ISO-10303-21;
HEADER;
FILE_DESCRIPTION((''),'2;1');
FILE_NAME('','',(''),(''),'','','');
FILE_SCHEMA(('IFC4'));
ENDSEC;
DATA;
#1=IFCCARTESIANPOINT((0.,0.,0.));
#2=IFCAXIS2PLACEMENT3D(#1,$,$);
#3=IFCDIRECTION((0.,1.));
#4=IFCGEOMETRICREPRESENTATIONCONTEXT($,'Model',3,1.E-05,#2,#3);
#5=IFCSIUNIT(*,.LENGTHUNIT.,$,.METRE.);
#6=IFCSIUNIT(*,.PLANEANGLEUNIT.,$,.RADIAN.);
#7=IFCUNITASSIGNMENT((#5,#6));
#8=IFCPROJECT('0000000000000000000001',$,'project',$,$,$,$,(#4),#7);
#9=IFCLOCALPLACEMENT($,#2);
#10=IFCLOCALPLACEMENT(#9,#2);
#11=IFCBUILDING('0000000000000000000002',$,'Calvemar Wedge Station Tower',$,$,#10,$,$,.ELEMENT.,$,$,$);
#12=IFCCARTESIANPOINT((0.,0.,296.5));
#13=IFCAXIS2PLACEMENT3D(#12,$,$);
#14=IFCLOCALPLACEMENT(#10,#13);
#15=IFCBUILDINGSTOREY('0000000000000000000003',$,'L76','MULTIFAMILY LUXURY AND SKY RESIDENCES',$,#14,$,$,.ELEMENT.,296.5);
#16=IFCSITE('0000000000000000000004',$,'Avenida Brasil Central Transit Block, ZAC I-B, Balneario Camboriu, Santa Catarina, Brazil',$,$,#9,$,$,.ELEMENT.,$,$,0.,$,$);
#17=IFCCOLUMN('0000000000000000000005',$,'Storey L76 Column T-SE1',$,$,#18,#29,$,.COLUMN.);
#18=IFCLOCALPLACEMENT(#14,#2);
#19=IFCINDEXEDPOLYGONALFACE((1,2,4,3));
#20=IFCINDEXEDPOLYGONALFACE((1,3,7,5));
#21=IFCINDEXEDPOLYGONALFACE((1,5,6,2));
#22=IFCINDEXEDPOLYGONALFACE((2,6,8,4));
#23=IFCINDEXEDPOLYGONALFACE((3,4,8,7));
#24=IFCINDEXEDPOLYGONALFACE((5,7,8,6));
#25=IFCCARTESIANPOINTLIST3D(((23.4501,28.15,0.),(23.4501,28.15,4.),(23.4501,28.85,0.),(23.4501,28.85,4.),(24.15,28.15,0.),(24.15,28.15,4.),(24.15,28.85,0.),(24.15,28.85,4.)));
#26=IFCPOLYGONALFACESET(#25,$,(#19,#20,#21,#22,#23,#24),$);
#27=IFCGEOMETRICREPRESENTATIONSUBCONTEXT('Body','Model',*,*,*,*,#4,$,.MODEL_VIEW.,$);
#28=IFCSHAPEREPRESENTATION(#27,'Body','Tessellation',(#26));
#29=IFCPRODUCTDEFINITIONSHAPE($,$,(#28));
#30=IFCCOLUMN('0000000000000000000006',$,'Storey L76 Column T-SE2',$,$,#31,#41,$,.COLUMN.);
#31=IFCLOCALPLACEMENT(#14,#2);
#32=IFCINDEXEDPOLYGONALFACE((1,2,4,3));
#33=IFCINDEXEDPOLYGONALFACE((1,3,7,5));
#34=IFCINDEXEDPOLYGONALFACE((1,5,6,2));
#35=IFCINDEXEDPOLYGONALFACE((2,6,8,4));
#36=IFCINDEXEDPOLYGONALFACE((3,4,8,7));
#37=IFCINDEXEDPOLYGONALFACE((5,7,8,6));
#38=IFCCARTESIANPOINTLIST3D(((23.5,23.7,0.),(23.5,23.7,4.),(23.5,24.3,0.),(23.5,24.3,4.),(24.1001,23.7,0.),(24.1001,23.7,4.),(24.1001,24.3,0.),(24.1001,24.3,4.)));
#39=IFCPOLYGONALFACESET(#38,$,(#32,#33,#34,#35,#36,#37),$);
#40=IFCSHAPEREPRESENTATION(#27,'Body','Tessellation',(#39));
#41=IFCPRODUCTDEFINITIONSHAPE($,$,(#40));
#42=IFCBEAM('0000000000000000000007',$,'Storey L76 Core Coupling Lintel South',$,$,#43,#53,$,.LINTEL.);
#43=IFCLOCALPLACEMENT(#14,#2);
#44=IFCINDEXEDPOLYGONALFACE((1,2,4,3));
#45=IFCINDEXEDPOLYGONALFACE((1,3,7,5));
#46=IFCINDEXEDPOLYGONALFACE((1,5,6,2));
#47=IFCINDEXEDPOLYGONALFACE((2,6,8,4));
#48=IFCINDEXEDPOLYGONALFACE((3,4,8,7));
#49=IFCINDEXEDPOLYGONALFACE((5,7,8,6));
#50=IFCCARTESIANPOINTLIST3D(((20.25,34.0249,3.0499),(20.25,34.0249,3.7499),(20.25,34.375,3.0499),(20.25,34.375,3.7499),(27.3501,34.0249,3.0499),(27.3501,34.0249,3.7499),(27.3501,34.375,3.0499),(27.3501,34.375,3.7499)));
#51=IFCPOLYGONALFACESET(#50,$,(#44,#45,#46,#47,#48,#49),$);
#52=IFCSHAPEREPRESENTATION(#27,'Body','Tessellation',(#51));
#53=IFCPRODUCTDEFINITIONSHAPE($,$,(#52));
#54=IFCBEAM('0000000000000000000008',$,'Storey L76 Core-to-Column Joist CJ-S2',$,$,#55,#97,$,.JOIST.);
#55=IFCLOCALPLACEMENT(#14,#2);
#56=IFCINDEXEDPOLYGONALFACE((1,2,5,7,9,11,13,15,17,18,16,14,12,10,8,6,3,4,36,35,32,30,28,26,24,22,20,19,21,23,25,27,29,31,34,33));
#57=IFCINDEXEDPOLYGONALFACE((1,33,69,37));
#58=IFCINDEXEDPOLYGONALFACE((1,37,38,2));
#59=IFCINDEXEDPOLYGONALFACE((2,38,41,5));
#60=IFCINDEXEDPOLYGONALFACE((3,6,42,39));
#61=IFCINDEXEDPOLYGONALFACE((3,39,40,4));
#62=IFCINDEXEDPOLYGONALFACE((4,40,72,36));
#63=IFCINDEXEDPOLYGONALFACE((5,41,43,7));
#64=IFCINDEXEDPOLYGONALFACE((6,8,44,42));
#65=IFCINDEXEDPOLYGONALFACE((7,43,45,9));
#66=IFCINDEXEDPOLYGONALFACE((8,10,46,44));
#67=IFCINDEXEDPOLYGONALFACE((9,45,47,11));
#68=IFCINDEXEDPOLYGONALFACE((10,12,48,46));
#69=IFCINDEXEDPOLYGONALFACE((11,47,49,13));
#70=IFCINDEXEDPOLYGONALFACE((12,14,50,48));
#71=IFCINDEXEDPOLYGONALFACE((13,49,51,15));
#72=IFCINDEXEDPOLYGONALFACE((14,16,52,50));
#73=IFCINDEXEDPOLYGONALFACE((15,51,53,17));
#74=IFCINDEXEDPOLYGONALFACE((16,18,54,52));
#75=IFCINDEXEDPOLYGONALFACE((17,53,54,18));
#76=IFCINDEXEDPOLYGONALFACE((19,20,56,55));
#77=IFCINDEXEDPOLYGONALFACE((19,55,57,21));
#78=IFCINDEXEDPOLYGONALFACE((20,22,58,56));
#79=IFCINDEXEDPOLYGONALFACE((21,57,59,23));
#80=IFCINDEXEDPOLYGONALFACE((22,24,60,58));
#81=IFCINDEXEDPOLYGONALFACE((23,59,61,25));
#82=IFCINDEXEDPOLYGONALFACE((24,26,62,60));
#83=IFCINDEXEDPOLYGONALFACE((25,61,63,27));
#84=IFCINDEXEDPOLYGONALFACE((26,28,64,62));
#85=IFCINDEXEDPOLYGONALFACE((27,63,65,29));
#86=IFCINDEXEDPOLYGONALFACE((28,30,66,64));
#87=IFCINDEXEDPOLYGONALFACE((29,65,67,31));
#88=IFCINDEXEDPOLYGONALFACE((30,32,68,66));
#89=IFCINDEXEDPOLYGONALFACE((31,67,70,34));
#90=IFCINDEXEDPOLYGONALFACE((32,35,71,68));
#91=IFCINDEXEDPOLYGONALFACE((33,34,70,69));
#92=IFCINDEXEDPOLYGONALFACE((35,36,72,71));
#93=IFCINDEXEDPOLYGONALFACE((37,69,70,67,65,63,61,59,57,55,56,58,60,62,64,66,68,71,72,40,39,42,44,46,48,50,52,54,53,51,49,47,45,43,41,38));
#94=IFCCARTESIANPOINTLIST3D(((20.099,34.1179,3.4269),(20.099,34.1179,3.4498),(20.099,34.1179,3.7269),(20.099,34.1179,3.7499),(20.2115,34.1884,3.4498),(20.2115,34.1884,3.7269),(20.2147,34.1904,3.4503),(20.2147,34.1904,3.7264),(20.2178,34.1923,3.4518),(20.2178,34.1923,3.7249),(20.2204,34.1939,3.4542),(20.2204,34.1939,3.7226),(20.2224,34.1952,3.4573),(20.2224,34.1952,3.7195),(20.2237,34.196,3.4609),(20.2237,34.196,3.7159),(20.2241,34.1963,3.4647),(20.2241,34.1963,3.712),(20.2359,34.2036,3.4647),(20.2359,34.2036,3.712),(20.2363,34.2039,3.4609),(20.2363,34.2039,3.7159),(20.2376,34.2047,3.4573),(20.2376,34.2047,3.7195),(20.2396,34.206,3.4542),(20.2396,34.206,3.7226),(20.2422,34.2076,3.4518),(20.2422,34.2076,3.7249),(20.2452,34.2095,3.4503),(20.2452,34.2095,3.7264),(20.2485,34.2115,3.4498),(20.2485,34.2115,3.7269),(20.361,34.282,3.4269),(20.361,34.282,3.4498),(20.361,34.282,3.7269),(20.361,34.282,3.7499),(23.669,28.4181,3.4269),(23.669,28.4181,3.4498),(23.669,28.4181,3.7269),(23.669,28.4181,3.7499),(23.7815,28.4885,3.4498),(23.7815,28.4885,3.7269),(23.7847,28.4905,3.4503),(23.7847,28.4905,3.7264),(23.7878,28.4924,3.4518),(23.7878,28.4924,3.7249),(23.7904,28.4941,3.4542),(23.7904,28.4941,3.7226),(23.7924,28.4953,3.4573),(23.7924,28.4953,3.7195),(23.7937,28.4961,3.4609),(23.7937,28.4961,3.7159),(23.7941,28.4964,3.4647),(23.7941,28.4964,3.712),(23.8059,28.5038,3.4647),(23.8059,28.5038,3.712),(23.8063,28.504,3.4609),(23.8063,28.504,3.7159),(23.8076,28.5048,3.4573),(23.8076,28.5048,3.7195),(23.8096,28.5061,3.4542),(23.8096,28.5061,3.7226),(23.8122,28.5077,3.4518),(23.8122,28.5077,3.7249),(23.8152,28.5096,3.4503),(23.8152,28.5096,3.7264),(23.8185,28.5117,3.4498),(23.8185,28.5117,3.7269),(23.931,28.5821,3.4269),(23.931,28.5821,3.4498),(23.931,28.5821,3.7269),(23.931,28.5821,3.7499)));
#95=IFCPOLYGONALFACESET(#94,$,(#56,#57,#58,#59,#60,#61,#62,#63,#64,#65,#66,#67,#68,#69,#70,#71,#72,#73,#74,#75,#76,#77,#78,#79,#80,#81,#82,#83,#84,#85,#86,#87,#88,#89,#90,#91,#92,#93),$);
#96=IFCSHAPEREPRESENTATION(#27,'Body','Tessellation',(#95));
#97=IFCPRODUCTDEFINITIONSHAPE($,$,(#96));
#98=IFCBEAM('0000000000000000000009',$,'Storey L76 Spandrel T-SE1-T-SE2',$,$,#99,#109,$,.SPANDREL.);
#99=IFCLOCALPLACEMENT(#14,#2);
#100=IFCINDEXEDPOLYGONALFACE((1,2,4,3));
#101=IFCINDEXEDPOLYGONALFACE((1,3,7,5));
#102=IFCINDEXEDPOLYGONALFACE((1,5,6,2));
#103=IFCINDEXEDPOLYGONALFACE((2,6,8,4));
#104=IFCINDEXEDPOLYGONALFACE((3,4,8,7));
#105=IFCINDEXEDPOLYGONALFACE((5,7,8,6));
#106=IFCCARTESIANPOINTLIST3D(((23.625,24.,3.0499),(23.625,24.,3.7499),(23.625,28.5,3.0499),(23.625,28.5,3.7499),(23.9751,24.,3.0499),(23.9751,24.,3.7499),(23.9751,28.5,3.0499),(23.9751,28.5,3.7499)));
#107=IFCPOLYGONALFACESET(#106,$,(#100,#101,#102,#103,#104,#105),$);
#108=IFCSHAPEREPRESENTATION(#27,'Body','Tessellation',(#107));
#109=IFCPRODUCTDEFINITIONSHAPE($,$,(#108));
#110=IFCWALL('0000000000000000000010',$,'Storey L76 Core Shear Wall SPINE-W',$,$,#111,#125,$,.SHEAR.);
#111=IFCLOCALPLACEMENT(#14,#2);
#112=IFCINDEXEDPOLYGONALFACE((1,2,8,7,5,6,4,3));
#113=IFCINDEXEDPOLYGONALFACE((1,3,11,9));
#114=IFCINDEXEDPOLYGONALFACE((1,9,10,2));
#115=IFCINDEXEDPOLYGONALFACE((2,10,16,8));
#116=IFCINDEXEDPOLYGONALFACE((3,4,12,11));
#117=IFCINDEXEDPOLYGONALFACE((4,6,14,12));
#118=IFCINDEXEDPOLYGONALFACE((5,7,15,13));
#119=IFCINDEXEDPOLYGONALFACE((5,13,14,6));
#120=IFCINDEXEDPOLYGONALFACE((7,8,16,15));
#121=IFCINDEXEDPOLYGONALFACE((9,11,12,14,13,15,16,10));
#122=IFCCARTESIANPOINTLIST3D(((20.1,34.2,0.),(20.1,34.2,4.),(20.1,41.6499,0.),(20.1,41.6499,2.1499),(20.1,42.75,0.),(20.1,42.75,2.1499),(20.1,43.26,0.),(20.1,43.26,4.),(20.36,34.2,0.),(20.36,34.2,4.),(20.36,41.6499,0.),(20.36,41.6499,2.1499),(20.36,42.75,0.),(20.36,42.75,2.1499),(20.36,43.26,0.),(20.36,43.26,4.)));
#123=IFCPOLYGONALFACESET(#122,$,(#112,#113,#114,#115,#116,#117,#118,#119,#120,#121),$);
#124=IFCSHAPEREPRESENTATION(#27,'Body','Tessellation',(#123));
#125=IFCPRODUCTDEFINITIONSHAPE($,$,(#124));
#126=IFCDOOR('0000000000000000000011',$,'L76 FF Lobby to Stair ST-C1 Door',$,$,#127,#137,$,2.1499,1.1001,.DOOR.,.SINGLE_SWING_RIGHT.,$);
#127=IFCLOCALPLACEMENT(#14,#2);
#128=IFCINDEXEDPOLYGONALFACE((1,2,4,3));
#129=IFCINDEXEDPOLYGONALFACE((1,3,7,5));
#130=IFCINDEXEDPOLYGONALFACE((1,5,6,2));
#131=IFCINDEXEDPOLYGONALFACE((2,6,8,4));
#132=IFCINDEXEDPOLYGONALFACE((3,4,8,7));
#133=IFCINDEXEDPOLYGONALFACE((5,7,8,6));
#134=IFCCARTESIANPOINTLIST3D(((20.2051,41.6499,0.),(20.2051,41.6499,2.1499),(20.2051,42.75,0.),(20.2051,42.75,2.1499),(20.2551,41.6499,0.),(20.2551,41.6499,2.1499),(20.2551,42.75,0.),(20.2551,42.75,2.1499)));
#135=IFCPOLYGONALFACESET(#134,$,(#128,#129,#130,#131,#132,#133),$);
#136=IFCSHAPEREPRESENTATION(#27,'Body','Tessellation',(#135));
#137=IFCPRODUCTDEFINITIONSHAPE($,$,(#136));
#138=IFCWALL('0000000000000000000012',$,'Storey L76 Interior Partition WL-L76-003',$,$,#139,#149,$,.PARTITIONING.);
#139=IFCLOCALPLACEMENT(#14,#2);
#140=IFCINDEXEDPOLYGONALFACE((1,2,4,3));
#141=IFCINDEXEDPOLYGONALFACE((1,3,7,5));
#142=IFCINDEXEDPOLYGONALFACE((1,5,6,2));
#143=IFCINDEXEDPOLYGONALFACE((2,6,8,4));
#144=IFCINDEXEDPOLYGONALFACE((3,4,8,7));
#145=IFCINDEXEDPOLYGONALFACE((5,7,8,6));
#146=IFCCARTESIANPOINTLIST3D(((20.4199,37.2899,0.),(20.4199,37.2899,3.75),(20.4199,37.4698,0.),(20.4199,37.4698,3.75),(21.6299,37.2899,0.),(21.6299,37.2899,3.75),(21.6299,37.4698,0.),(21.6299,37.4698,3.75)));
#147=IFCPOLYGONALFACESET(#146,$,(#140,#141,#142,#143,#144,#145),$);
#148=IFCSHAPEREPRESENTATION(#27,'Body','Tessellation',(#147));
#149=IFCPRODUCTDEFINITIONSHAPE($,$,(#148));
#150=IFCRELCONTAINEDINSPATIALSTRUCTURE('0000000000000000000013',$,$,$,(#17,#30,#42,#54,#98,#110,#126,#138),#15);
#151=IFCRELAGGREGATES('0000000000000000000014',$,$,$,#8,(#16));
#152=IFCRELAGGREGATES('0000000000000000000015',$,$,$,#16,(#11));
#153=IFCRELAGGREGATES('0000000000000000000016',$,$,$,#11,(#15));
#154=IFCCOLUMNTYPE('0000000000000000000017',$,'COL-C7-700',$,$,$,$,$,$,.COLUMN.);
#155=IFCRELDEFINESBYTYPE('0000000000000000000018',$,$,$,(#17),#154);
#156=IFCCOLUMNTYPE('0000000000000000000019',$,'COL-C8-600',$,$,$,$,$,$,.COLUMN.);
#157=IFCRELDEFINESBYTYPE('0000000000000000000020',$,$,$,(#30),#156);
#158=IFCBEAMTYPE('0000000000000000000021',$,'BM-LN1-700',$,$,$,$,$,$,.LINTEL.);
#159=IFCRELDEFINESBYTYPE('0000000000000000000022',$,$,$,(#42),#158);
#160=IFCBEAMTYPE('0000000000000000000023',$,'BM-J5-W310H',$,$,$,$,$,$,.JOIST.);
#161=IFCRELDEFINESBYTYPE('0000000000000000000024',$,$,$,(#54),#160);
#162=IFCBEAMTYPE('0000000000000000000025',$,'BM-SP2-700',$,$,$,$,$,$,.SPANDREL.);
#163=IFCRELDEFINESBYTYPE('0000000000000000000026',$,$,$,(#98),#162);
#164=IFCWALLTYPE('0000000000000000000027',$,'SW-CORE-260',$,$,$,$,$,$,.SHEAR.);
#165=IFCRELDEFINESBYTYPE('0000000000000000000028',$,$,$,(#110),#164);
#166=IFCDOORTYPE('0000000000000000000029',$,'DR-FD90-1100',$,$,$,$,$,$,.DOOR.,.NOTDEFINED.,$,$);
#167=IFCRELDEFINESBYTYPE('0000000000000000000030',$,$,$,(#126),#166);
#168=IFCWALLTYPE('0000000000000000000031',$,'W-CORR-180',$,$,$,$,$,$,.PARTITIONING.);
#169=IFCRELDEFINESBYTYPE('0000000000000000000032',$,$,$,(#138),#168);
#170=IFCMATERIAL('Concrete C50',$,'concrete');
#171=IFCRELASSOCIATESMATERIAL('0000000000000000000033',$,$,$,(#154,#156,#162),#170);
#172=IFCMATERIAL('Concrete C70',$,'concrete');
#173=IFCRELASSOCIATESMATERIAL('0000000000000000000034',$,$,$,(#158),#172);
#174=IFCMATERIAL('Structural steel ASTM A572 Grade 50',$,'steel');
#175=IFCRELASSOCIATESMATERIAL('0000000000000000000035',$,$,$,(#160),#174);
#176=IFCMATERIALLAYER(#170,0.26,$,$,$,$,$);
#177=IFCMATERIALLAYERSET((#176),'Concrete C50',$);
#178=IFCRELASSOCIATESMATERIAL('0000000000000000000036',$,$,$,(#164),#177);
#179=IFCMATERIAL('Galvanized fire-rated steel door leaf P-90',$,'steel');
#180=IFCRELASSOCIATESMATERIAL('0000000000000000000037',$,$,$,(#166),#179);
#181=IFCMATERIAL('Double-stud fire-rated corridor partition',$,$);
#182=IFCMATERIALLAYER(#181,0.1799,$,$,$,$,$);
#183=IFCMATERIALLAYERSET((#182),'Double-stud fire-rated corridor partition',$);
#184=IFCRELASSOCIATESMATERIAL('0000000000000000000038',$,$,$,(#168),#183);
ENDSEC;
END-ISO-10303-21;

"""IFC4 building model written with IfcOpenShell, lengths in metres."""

from ifc_helpers import new_model, si_unit, direction, frame, frame_2d, origin, origin_2d, place, context, subcontext, project, spatial, rectangle, i_section, extrude, source, transform, mapped, material, layer, layer_set, material_profile, profile_set, type_object, element, fill, save


model = new_model("IFC4")

# Units and contexts
model_context = context("Model", 3, precision=1e-05, world=origin(), true_north=direction((0.0, 1.0)))
body_context = subcontext(model_context, "Body", "Model", "MODEL_VIEW")
ifc_project = project(units=[si_unit("LENGTHUNIT", "METRE"), si_unit("PLANEANGLEUNIT", "RADIAN")], contexts=[model_context])

# Site, building, storey
site_placement = place(None, origin())
site = spatial("IfcSite", under=ifc_project, at=site_placement, Name="Avenida Brasil Central Transit Block, ZAC I-B, Balneario Camboriu, Santa Catarina, Brazil", CompositionType="ELEMENT", RefElevation=0.0)
building_placement = place(site_placement, origin())
building = spatial("IfcBuilding", under=site, at=building_placement, Name="Calvemar Wedge Station Tower", CompositionType="ELEMENT")
storey_placement = place(building_placement, frame((0.0, 0.0, 296.5)))
storey = spatial("IfcBuildingStorey", under=building, at=storey_placement, Name="L76", Description="MULTIFAMILY LUXURY AND SKY RESIDENCES", CompositionType="ELEMENT", Elevation=296.5)

# Columns
ifc_material_1 = material(Name="Concrete C50", Category="concrete")
ifc_material_profile_1 = material_profile(ifc_material_1, rectangle(XDim=0.7, YDim=0.7, at=origin_2d()), Name="RC700x700")
ifc_profile_set_1 = profile_set([ifc_material_profile_1], Name="Concrete C50")
column_type_1 = type_object("IfcColumnType", Name="COL-C7-700", PredefinedType="COLUMN", material=ifc_profile_set_1)
shared_shape_1 = source(origin(), body_context, "Body", "SweptSolid", [
    extrude(rectangle(XDim=0.7, YDim=0.7, at=origin_2d()), origin(), (0.0, 0.0, 1.0), 4.0),
])
column_1_placement = place(storey_placement, frame((23.8, 28.5, 0.0), z_axis=(0.0, 0.0, 1.0), x_axis=(1.0, 0.0, 0.0)))
element("IfcColumn", 1, at=column_1_placement, inside=storey, type_object=column_type_1, Name="Storey L76 Column T-SE1", PredefinedType="COLUMN", context=body_context, shape_type="MappedRepresentation", body=[
    mapped(shared_shape_1, transform((0.0, 0.0, 0.0), scale=1.0)),
])
ifc_material_profile_2 = material_profile(ifc_material_1, rectangle(XDim=0.6001, YDim=0.6001, at=origin_2d()), Name="RC600x600")
ifc_profile_set_2 = profile_set([ifc_material_profile_2], Name="Concrete C50")
column_type_2 = type_object("IfcColumnType", Name="COL-C8-600", PredefinedType="COLUMN", material=ifc_profile_set_2)
shared_shape_2 = source(origin(), body_context, "Body", "SweptSolid", [
    extrude(rectangle(XDim=0.6001, YDim=0.6001, at=origin_2d()), origin(), (0.0, 0.0, 1.0), 4.0),
])
column_2_placement = place(storey_placement, frame((23.8, 24.0, 0.0), z_axis=(0.0, 0.0, 1.0), x_axis=(1.0, 0.0, 0.0)))
element("IfcColumn", 2, at=column_2_placement, inside=storey, type_object=column_type_2, Name="Storey L76 Column T-SE2", PredefinedType="COLUMN", context=body_context, shape_type="MappedRepresentation", body=[
    mapped(shared_shape_2, transform((0.0, 0.0, 0.0), scale=1.0)),
])

# Beams
ifc_material_2 = material(Name="Concrete C70", Category="concrete")
ifc_material_profile_3 = material_profile(ifc_material_2, rectangle(XDim=0.3501, YDim=0.7, at=origin_2d()), Name="RC350x700")
ifc_profile_set_3 = profile_set([ifc_material_profile_3], Name="Concrete C70")
beam_type_1 = type_object("IfcBeamType", Name="BM-LN1-700", PredefinedType="LINTEL", material=ifc_profile_set_3)
shared_shape_3 = source(origin(), body_context, "Body", "SweptSolid", [
    extrude(rectangle(XDim=0.3501, YDim=0.7, at=origin_2d()), origin(), (0.0, 0.0, 1.0), 7.1001),
])
beam_1_placement = place(storey_placement, frame((20.25, 34.2, 3.3999), z_axis=(1.0, 0.0, 0.0), x_axis=(0.0, 1.0, 0.0)))
element("IfcBeam", 3, at=beam_1_placement, inside=storey, type_object=beam_type_1, Name="Storey L76 Core Coupling Lintel South", PredefinedType="LINTEL", context=body_context, shape_type="MappedRepresentation", body=[
    mapped(shared_shape_3, transform((0.0, 0.0, 0.0), scale=1.0)),
])
ifc_material_3 = material(Name="Structural steel ASTM A572 Grade 50", Category="steel")
ifc_material_profile_4 = material_profile(ifc_material_3, i_section(OverallWidth=0.3091, OverallDepth=0.323, WebThickness=0.0139, FlangeThickness=0.0229, FilletRadius=0.0149, at=origin_2d()), Name="W310x143")
ifc_profile_set_4 = profile_set([ifc_material_profile_4], Name="Structural steel ASTM A572 Grade 50")
beam_type_2 = type_object("IfcBeamType", Name="BM-J5-W310H", PredefinedType="JOIST", material=ifc_profile_set_4)
shared_shape_4 = source(origin(), body_context, "Body", "SweptSolid", [
    extrude(i_section(OverallWidth=0.3091, OverallDepth=0.323, WebThickness=0.0139, FlangeThickness=0.0229, FilletRadius=0.0149, at=origin_2d()), origin(), (0.0, 0.0, 1.0), 6.7256),
])
beam_2_placement = place(storey_placement, frame((20.23, 34.2, 3.5884), z_axis=(0.530811, -0.84749, 0.0), x_axis=(0.84749, 0.530811, 0.0)))
element("IfcBeam", 4, at=beam_2_placement, inside=storey, type_object=beam_type_2, Name="Storey L76 Core-to-Column Joist CJ-S2", PredefinedType="JOIST", context=body_context, shape_type="MappedRepresentation", body=[
    mapped(shared_shape_4, transform((0.0, 0.0, 0.0), scale=1.0)),
])
ifc_material_profile_5 = material_profile(ifc_material_1, rectangle(XDim=0.3501, YDim=0.7, at=origin_2d()), Name="RC350x700")
ifc_profile_set_5 = profile_set([ifc_material_profile_5], Name="Concrete C50")
beam_type_3 = type_object("IfcBeamType", Name="BM-SP2-700", PredefinedType="SPANDREL", material=ifc_profile_set_5)
shared_shape_5 = source(origin(), body_context, "Body", "SweptSolid", [
    extrude(rectangle(XDim=0.3501, YDim=0.7, at=origin_2d()), origin(), (0.0, 0.0, 1.0), 4.5),
])
beam_3_placement = place(storey_placement, frame((23.8, 28.5, 3.3999), z_axis=(0.0, -1.0, 0.0), x_axis=(1.0, 0.0, 0.0)))
element("IfcBeam", 5, at=beam_3_placement, inside=storey, type_object=beam_type_3, Name="Storey L76 Spandrel T-SE1-T-SE2", PredefinedType="SPANDREL", context=body_context, shape_type="MappedRepresentation", body=[
    mapped(shared_shape_5, transform((0.0, 0.0, 0.0), scale=1.0)),
])

# Wall, opening, door
ifc_layer_1 = layer(ifc_material_1, 0.26)
ifc_layer_set_1 = layer_set([ifc_layer_1], Name="Concrete C50")
wall_type_1 = type_object("IfcWallType", Name="SW-CORE-260", PredefinedType="SHEAR", material=ifc_layer_set_1)
wall_1_placement = place(storey_placement, frame((20.23, 34.2, 0.0), z_axis=(0.0, 0.0, 1.0), x_axis=(0.0, 1.0, 0.0)))
wall_1 = element("IfcWall", 6, at=wall_1_placement, inside=storey, type_object=wall_type_1, Name="Storey L76 Core Shear Wall SPINE-W", PredefinedType="SHEAR", context=body_context, shape_type="SweptSolid", body=[
    extrude(rectangle(XDim=9.0601, YDim=0.26, at=frame_2d((4.53, 0.0))), origin(), (0.0, 0.0, 1.0), 4.0),
])
shared_shape_6 = source(origin(), body_context, "Body", "SweptSolid", [
    extrude(rectangle(XDim=1.1001, YDim=2.1499, at=frame_2d((0.55, 1.075))), frame((0.0, 0.1401, 0.0), z_axis=(0.0, -1.0, 0.0), x_axis=(1.0, 0.0, 0.0)), (0.0, 0.0, 1.0), 0.28),
])
opening_1_placement = place(wall_1_placement, frame((7.45, 0.0, 0.0)))
opening_1 = element("IfcOpeningElement", 7, at=opening_1_placement, cuts=wall_1, PredefinedType="OPENING", context=body_context, shape_type="MappedRepresentation", body=[
    mapped(shared_shape_6, transform((0.0, 0.0, 0.0), scale=1.0)),
])
ifc_material_4 = material(Name="Galvanized fire-rated steel door leaf P-90", Category="steel")
door_type_1 = type_object("IfcDoorType", Name="DR-FD90-1100", OperationType="NOTDEFINED", PredefinedType="DOOR", material=ifc_material_4)
shared_shape_7 = source(origin(), body_context, "Body", "SweptSolid", [
    extrude(rectangle(XDim=1.1001, YDim=2.1499, at=frame_2d((0.55, 1.075))), frame((0.0, 0.0249, 0.0), z_axis=(0.0, -1.0, 0.0), x_axis=(1.0, 0.0, 0.0)), (0.0, 0.0, 1.0), 0.05),
])
door_1_placement = place(opening_1_placement, origin())
door_1 = element("IfcDoor", 8, at=door_1_placement, inside=storey, type_object=door_type_1, Name="L76 FF Lobby to Stair ST-C1 Door", OperationType="SINGLE_SWING_RIGHT", OverallHeight=2.1499, OverallWidth=1.1001, PredefinedType="DOOR", context=body_context, shape_type="MappedRepresentation", body=[
    mapped(shared_shape_7, transform((0.0, 0.0, 0.0), scale=1.0)),
])
fill(opening_1, door_1)

# Wall
ifc_material_5 = material(Name="Double-stud fire-rated corridor partition")
ifc_layer_2 = layer(ifc_material_5, 0.1799)
ifc_layer_set_2 = layer_set([ifc_layer_2], Name="Double-stud fire-rated corridor partition")
wall_type_2 = type_object("IfcWallType", Name="W-CORR-180", PredefinedType="PARTITIONING", material=ifc_layer_set_2)
wall_2_placement = place(storey_placement, frame((21.6299, 37.3799, 0.0), z_axis=(0.0, 0.0, 1.0), x_axis=(-1.0, 0.0, 0.0)))
element("IfcWall", 9, at=wall_2_placement, inside=storey, type_object=wall_type_2, Name="Storey L76 Interior Partition WL-L76-003", PredefinedType="PARTITIONING", context=body_context, shape_type="SweptSolid", body=[
    extrude(rectangle(XDim=1.21, YDim=0.1799, at=frame_2d((0.605, 0.0))), origin(), (0.0, 0.0, 1.0), 3.75),
])

save(model, "model.ifc")
